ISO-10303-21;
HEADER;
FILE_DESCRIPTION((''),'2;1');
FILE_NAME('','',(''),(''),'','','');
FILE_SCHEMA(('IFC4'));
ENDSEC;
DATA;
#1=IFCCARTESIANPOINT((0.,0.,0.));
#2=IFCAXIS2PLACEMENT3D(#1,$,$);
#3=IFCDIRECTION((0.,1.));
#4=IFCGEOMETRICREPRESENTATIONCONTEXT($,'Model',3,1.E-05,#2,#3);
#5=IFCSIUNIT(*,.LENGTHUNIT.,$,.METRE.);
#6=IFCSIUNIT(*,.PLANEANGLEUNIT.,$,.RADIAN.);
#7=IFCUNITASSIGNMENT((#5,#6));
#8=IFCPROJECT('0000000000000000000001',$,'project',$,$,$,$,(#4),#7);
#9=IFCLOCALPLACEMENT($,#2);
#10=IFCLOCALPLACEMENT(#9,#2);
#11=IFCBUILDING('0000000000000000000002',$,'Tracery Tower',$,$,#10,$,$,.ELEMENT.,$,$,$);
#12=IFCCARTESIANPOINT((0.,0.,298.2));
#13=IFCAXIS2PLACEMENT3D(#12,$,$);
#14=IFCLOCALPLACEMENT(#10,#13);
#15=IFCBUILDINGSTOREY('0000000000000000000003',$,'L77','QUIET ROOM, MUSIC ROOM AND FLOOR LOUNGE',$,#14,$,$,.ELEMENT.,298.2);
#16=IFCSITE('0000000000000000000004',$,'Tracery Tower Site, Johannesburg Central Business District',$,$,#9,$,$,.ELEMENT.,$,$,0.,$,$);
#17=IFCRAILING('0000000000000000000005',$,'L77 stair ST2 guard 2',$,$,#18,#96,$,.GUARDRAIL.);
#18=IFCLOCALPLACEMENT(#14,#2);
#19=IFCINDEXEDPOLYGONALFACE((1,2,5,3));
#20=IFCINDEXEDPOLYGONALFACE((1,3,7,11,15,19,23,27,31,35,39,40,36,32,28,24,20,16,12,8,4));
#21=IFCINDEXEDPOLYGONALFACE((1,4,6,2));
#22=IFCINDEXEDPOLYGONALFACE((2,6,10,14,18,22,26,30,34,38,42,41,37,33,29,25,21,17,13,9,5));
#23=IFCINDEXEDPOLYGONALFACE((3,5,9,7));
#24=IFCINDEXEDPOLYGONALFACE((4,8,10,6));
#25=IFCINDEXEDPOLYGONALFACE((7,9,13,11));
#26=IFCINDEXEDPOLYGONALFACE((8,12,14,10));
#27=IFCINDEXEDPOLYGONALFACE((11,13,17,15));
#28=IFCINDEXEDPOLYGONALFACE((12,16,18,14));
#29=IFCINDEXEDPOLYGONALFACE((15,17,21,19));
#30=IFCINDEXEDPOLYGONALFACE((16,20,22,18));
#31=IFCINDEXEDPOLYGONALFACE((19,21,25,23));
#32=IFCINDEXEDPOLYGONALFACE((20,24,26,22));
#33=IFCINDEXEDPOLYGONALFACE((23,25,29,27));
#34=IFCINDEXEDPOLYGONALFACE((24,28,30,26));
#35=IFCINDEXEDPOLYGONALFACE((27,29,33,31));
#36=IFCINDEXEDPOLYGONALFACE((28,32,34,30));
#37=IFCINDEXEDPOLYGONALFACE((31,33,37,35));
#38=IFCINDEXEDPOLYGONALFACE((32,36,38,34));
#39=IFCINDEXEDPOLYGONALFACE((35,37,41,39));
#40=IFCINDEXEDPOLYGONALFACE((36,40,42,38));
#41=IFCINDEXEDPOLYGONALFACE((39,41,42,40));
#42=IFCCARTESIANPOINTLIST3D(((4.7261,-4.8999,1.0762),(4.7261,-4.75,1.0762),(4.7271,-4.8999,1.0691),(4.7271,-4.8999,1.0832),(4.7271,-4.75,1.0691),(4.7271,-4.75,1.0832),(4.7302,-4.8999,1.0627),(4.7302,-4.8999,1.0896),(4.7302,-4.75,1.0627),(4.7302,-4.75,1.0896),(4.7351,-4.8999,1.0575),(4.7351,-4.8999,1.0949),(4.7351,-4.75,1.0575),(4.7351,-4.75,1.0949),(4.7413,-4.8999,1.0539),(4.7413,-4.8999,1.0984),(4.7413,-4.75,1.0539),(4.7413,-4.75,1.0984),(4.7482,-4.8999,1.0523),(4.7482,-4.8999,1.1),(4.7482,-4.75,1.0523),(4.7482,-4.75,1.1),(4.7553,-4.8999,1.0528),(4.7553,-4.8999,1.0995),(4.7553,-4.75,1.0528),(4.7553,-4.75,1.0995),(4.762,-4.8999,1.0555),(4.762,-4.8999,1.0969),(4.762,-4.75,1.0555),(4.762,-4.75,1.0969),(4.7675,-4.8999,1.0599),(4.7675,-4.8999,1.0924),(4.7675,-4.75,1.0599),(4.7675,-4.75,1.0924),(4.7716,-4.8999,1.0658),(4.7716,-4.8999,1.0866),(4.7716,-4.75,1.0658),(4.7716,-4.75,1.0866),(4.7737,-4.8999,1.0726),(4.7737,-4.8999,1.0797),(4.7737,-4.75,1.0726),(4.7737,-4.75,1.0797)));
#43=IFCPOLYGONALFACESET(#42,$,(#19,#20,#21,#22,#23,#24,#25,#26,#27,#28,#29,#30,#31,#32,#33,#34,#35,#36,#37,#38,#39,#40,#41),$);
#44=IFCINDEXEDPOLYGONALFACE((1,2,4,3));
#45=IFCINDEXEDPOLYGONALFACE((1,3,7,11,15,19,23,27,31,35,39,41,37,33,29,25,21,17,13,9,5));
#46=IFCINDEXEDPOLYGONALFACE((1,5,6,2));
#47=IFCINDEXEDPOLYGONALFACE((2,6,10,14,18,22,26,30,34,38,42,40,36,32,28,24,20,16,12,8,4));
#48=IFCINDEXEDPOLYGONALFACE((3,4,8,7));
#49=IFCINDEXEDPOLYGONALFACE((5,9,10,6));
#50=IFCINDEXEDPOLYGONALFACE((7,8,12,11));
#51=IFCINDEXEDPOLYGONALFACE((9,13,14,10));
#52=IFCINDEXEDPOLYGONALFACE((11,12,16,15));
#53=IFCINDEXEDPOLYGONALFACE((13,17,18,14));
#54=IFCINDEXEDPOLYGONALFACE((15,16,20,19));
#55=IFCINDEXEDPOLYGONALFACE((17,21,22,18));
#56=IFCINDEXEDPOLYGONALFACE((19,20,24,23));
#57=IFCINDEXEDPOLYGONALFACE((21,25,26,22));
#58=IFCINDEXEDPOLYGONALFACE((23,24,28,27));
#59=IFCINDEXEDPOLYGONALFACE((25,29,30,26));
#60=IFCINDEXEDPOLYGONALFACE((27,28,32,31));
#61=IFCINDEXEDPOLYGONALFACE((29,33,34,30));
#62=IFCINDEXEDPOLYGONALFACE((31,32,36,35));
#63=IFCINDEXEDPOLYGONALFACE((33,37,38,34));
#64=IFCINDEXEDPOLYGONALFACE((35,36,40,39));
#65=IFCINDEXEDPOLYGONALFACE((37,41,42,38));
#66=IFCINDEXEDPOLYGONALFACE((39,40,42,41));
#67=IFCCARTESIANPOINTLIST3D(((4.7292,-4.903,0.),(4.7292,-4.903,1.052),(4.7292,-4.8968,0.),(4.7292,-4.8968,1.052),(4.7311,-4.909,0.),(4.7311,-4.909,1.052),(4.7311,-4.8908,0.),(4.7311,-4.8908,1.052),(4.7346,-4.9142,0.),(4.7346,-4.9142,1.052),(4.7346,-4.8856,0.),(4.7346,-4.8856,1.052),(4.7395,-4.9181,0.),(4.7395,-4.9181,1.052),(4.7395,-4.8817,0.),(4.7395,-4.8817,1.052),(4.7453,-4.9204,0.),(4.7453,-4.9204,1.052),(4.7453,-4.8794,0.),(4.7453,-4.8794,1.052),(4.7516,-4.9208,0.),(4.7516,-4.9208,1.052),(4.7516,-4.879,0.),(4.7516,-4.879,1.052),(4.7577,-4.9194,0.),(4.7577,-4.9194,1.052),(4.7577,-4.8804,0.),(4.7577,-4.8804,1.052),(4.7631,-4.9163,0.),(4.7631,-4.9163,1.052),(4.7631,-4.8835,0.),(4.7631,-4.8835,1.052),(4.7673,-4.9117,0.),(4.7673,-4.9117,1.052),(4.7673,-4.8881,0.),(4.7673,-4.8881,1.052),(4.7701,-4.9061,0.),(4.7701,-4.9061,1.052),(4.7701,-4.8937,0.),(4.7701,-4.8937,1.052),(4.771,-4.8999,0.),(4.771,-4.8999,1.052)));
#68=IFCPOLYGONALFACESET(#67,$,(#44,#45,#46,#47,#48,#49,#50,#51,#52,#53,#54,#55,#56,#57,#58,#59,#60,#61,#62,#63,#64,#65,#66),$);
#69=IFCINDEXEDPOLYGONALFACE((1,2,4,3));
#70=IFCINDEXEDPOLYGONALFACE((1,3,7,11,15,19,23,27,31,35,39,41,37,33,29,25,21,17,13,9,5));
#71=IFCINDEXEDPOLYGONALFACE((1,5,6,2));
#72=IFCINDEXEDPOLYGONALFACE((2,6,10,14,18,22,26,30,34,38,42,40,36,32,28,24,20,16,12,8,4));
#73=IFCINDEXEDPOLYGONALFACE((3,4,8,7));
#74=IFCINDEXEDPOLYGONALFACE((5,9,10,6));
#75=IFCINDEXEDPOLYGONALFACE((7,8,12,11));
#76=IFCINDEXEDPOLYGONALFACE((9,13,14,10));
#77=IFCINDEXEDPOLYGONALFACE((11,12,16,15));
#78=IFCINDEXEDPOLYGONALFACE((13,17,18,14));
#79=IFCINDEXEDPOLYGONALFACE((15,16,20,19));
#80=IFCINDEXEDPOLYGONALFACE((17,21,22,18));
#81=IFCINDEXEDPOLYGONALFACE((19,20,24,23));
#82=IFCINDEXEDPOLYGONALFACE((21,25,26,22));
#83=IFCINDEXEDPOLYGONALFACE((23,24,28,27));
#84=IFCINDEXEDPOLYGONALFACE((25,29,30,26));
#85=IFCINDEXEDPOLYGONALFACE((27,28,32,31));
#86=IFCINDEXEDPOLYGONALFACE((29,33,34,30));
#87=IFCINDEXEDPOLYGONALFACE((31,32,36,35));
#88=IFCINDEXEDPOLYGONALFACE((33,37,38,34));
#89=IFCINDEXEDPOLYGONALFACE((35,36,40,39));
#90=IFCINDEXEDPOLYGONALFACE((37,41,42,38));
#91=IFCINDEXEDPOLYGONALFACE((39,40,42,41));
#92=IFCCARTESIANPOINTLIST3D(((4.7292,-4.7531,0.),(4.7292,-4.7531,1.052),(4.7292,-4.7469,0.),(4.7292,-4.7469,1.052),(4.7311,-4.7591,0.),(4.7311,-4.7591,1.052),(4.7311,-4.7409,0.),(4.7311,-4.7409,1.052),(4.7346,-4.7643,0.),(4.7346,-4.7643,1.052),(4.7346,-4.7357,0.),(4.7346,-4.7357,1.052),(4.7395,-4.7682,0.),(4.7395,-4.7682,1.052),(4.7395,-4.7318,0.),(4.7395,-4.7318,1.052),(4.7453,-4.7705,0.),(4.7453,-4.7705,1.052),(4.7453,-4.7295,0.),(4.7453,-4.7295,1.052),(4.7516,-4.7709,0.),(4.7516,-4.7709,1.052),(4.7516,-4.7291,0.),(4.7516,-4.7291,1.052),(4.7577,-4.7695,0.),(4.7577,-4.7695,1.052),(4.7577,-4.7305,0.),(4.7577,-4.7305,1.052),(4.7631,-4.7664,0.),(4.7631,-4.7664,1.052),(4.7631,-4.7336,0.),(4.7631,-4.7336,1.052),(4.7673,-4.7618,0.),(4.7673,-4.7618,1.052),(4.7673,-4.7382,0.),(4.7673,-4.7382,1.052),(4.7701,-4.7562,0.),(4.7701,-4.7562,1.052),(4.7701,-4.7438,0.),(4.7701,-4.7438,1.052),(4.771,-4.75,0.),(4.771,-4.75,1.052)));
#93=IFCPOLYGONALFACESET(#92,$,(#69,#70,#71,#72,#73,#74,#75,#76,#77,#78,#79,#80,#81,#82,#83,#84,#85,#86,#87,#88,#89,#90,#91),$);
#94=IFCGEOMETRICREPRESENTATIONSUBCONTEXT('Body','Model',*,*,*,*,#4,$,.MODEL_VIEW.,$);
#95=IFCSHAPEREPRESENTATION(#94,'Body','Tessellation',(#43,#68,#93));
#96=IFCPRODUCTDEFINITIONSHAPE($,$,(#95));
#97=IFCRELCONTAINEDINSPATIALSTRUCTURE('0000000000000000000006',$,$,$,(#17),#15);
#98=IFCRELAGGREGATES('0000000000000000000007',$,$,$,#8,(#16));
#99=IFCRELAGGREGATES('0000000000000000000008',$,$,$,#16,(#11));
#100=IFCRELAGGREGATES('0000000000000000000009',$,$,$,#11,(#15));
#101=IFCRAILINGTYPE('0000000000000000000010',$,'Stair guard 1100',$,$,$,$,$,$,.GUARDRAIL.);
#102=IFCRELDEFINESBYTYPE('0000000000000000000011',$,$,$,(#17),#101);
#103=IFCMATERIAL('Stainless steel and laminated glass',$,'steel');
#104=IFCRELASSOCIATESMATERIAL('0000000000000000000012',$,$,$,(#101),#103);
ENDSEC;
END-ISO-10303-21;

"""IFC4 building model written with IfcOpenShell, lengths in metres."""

from ifc_helpers import new_model, si_unit, direction, frame, origin, origin_2d, place, context, subcontext, project, spatial, circle, extrude, material, type_object, element, save


model = new_model("IFC4")

# Units and contexts
model_context = context("Model", 3, precision=1e-05, world=origin(), true_north=direction((0.0, 1.0)))
body_context = subcontext(model_context, "Body", "Model", "MODEL_VIEW")
ifc_project = project(units=[si_unit("LENGTHUNIT", "METRE"), si_unit("PLANEANGLEUNIT", "RADIAN")], contexts=[model_context])

# Site, building, storey
site_placement = place(None, origin())
site = spatial("IfcSite", under=ifc_project, at=site_placement, Name="Tracery Tower Site, Johannesburg Central Business District", CompositionType="ELEMENT", RefElevation=0.0)
building_placement = place(site_placement, origin())
building = spatial("IfcBuilding", under=site, at=building_placement, Name="Tracery Tower", CompositionType="ELEMENT")
storey_placement = place(building_placement, frame((0.0, 0.0, 298.2)))
storey = spatial("IfcBuildingStorey", under=building, at=storey_placement, Name="L77", Description="QUIET ROOM, MUSIC ROOM AND FLOOR LOUNGE", CompositionType="ELEMENT", Elevation=298.2)

# Railing
ifc_material_1 = material(Name="Stainless steel and laminated glass", Category="steel")
railing_type_1 = type_object("IfcRailingType", Name="Stair guard 1100", PredefinedType="GUARDRAIL", material=ifc_material_1)
railing_1_placement = place(storey_placement, frame((4.75, -4.8999, 0.0)))
element("IfcRailing", 1, at=railing_1_placement, inside=storey, type_object=railing_type_1, Name="L77 stair ST2 guard 2", PredefinedType="GUARDRAIL", context=body_context, shape_type="SweptSolid", body=[
    extrude(circle(Radius=0.0239, at=origin_2d()), frame((0.0, 0.0, 1.0762), z_axis=(0.0, 1.0, 0.0), x_axis=(-1.0, 0.0, 0.0)), (0.0, 0.0, 1.0), 0.1499),
    extrude(circle(Radius=0.021, at=origin_2d()), origin(), (0.0, 0.0, 1.0), 1.052),
    extrude(circle(Radius=0.021, at=origin_2d()), frame((0.0, 0.1499, 0.0)), (0.0, 0.0, 1.0), 1.052),
])

save(model, "model.ifc")
